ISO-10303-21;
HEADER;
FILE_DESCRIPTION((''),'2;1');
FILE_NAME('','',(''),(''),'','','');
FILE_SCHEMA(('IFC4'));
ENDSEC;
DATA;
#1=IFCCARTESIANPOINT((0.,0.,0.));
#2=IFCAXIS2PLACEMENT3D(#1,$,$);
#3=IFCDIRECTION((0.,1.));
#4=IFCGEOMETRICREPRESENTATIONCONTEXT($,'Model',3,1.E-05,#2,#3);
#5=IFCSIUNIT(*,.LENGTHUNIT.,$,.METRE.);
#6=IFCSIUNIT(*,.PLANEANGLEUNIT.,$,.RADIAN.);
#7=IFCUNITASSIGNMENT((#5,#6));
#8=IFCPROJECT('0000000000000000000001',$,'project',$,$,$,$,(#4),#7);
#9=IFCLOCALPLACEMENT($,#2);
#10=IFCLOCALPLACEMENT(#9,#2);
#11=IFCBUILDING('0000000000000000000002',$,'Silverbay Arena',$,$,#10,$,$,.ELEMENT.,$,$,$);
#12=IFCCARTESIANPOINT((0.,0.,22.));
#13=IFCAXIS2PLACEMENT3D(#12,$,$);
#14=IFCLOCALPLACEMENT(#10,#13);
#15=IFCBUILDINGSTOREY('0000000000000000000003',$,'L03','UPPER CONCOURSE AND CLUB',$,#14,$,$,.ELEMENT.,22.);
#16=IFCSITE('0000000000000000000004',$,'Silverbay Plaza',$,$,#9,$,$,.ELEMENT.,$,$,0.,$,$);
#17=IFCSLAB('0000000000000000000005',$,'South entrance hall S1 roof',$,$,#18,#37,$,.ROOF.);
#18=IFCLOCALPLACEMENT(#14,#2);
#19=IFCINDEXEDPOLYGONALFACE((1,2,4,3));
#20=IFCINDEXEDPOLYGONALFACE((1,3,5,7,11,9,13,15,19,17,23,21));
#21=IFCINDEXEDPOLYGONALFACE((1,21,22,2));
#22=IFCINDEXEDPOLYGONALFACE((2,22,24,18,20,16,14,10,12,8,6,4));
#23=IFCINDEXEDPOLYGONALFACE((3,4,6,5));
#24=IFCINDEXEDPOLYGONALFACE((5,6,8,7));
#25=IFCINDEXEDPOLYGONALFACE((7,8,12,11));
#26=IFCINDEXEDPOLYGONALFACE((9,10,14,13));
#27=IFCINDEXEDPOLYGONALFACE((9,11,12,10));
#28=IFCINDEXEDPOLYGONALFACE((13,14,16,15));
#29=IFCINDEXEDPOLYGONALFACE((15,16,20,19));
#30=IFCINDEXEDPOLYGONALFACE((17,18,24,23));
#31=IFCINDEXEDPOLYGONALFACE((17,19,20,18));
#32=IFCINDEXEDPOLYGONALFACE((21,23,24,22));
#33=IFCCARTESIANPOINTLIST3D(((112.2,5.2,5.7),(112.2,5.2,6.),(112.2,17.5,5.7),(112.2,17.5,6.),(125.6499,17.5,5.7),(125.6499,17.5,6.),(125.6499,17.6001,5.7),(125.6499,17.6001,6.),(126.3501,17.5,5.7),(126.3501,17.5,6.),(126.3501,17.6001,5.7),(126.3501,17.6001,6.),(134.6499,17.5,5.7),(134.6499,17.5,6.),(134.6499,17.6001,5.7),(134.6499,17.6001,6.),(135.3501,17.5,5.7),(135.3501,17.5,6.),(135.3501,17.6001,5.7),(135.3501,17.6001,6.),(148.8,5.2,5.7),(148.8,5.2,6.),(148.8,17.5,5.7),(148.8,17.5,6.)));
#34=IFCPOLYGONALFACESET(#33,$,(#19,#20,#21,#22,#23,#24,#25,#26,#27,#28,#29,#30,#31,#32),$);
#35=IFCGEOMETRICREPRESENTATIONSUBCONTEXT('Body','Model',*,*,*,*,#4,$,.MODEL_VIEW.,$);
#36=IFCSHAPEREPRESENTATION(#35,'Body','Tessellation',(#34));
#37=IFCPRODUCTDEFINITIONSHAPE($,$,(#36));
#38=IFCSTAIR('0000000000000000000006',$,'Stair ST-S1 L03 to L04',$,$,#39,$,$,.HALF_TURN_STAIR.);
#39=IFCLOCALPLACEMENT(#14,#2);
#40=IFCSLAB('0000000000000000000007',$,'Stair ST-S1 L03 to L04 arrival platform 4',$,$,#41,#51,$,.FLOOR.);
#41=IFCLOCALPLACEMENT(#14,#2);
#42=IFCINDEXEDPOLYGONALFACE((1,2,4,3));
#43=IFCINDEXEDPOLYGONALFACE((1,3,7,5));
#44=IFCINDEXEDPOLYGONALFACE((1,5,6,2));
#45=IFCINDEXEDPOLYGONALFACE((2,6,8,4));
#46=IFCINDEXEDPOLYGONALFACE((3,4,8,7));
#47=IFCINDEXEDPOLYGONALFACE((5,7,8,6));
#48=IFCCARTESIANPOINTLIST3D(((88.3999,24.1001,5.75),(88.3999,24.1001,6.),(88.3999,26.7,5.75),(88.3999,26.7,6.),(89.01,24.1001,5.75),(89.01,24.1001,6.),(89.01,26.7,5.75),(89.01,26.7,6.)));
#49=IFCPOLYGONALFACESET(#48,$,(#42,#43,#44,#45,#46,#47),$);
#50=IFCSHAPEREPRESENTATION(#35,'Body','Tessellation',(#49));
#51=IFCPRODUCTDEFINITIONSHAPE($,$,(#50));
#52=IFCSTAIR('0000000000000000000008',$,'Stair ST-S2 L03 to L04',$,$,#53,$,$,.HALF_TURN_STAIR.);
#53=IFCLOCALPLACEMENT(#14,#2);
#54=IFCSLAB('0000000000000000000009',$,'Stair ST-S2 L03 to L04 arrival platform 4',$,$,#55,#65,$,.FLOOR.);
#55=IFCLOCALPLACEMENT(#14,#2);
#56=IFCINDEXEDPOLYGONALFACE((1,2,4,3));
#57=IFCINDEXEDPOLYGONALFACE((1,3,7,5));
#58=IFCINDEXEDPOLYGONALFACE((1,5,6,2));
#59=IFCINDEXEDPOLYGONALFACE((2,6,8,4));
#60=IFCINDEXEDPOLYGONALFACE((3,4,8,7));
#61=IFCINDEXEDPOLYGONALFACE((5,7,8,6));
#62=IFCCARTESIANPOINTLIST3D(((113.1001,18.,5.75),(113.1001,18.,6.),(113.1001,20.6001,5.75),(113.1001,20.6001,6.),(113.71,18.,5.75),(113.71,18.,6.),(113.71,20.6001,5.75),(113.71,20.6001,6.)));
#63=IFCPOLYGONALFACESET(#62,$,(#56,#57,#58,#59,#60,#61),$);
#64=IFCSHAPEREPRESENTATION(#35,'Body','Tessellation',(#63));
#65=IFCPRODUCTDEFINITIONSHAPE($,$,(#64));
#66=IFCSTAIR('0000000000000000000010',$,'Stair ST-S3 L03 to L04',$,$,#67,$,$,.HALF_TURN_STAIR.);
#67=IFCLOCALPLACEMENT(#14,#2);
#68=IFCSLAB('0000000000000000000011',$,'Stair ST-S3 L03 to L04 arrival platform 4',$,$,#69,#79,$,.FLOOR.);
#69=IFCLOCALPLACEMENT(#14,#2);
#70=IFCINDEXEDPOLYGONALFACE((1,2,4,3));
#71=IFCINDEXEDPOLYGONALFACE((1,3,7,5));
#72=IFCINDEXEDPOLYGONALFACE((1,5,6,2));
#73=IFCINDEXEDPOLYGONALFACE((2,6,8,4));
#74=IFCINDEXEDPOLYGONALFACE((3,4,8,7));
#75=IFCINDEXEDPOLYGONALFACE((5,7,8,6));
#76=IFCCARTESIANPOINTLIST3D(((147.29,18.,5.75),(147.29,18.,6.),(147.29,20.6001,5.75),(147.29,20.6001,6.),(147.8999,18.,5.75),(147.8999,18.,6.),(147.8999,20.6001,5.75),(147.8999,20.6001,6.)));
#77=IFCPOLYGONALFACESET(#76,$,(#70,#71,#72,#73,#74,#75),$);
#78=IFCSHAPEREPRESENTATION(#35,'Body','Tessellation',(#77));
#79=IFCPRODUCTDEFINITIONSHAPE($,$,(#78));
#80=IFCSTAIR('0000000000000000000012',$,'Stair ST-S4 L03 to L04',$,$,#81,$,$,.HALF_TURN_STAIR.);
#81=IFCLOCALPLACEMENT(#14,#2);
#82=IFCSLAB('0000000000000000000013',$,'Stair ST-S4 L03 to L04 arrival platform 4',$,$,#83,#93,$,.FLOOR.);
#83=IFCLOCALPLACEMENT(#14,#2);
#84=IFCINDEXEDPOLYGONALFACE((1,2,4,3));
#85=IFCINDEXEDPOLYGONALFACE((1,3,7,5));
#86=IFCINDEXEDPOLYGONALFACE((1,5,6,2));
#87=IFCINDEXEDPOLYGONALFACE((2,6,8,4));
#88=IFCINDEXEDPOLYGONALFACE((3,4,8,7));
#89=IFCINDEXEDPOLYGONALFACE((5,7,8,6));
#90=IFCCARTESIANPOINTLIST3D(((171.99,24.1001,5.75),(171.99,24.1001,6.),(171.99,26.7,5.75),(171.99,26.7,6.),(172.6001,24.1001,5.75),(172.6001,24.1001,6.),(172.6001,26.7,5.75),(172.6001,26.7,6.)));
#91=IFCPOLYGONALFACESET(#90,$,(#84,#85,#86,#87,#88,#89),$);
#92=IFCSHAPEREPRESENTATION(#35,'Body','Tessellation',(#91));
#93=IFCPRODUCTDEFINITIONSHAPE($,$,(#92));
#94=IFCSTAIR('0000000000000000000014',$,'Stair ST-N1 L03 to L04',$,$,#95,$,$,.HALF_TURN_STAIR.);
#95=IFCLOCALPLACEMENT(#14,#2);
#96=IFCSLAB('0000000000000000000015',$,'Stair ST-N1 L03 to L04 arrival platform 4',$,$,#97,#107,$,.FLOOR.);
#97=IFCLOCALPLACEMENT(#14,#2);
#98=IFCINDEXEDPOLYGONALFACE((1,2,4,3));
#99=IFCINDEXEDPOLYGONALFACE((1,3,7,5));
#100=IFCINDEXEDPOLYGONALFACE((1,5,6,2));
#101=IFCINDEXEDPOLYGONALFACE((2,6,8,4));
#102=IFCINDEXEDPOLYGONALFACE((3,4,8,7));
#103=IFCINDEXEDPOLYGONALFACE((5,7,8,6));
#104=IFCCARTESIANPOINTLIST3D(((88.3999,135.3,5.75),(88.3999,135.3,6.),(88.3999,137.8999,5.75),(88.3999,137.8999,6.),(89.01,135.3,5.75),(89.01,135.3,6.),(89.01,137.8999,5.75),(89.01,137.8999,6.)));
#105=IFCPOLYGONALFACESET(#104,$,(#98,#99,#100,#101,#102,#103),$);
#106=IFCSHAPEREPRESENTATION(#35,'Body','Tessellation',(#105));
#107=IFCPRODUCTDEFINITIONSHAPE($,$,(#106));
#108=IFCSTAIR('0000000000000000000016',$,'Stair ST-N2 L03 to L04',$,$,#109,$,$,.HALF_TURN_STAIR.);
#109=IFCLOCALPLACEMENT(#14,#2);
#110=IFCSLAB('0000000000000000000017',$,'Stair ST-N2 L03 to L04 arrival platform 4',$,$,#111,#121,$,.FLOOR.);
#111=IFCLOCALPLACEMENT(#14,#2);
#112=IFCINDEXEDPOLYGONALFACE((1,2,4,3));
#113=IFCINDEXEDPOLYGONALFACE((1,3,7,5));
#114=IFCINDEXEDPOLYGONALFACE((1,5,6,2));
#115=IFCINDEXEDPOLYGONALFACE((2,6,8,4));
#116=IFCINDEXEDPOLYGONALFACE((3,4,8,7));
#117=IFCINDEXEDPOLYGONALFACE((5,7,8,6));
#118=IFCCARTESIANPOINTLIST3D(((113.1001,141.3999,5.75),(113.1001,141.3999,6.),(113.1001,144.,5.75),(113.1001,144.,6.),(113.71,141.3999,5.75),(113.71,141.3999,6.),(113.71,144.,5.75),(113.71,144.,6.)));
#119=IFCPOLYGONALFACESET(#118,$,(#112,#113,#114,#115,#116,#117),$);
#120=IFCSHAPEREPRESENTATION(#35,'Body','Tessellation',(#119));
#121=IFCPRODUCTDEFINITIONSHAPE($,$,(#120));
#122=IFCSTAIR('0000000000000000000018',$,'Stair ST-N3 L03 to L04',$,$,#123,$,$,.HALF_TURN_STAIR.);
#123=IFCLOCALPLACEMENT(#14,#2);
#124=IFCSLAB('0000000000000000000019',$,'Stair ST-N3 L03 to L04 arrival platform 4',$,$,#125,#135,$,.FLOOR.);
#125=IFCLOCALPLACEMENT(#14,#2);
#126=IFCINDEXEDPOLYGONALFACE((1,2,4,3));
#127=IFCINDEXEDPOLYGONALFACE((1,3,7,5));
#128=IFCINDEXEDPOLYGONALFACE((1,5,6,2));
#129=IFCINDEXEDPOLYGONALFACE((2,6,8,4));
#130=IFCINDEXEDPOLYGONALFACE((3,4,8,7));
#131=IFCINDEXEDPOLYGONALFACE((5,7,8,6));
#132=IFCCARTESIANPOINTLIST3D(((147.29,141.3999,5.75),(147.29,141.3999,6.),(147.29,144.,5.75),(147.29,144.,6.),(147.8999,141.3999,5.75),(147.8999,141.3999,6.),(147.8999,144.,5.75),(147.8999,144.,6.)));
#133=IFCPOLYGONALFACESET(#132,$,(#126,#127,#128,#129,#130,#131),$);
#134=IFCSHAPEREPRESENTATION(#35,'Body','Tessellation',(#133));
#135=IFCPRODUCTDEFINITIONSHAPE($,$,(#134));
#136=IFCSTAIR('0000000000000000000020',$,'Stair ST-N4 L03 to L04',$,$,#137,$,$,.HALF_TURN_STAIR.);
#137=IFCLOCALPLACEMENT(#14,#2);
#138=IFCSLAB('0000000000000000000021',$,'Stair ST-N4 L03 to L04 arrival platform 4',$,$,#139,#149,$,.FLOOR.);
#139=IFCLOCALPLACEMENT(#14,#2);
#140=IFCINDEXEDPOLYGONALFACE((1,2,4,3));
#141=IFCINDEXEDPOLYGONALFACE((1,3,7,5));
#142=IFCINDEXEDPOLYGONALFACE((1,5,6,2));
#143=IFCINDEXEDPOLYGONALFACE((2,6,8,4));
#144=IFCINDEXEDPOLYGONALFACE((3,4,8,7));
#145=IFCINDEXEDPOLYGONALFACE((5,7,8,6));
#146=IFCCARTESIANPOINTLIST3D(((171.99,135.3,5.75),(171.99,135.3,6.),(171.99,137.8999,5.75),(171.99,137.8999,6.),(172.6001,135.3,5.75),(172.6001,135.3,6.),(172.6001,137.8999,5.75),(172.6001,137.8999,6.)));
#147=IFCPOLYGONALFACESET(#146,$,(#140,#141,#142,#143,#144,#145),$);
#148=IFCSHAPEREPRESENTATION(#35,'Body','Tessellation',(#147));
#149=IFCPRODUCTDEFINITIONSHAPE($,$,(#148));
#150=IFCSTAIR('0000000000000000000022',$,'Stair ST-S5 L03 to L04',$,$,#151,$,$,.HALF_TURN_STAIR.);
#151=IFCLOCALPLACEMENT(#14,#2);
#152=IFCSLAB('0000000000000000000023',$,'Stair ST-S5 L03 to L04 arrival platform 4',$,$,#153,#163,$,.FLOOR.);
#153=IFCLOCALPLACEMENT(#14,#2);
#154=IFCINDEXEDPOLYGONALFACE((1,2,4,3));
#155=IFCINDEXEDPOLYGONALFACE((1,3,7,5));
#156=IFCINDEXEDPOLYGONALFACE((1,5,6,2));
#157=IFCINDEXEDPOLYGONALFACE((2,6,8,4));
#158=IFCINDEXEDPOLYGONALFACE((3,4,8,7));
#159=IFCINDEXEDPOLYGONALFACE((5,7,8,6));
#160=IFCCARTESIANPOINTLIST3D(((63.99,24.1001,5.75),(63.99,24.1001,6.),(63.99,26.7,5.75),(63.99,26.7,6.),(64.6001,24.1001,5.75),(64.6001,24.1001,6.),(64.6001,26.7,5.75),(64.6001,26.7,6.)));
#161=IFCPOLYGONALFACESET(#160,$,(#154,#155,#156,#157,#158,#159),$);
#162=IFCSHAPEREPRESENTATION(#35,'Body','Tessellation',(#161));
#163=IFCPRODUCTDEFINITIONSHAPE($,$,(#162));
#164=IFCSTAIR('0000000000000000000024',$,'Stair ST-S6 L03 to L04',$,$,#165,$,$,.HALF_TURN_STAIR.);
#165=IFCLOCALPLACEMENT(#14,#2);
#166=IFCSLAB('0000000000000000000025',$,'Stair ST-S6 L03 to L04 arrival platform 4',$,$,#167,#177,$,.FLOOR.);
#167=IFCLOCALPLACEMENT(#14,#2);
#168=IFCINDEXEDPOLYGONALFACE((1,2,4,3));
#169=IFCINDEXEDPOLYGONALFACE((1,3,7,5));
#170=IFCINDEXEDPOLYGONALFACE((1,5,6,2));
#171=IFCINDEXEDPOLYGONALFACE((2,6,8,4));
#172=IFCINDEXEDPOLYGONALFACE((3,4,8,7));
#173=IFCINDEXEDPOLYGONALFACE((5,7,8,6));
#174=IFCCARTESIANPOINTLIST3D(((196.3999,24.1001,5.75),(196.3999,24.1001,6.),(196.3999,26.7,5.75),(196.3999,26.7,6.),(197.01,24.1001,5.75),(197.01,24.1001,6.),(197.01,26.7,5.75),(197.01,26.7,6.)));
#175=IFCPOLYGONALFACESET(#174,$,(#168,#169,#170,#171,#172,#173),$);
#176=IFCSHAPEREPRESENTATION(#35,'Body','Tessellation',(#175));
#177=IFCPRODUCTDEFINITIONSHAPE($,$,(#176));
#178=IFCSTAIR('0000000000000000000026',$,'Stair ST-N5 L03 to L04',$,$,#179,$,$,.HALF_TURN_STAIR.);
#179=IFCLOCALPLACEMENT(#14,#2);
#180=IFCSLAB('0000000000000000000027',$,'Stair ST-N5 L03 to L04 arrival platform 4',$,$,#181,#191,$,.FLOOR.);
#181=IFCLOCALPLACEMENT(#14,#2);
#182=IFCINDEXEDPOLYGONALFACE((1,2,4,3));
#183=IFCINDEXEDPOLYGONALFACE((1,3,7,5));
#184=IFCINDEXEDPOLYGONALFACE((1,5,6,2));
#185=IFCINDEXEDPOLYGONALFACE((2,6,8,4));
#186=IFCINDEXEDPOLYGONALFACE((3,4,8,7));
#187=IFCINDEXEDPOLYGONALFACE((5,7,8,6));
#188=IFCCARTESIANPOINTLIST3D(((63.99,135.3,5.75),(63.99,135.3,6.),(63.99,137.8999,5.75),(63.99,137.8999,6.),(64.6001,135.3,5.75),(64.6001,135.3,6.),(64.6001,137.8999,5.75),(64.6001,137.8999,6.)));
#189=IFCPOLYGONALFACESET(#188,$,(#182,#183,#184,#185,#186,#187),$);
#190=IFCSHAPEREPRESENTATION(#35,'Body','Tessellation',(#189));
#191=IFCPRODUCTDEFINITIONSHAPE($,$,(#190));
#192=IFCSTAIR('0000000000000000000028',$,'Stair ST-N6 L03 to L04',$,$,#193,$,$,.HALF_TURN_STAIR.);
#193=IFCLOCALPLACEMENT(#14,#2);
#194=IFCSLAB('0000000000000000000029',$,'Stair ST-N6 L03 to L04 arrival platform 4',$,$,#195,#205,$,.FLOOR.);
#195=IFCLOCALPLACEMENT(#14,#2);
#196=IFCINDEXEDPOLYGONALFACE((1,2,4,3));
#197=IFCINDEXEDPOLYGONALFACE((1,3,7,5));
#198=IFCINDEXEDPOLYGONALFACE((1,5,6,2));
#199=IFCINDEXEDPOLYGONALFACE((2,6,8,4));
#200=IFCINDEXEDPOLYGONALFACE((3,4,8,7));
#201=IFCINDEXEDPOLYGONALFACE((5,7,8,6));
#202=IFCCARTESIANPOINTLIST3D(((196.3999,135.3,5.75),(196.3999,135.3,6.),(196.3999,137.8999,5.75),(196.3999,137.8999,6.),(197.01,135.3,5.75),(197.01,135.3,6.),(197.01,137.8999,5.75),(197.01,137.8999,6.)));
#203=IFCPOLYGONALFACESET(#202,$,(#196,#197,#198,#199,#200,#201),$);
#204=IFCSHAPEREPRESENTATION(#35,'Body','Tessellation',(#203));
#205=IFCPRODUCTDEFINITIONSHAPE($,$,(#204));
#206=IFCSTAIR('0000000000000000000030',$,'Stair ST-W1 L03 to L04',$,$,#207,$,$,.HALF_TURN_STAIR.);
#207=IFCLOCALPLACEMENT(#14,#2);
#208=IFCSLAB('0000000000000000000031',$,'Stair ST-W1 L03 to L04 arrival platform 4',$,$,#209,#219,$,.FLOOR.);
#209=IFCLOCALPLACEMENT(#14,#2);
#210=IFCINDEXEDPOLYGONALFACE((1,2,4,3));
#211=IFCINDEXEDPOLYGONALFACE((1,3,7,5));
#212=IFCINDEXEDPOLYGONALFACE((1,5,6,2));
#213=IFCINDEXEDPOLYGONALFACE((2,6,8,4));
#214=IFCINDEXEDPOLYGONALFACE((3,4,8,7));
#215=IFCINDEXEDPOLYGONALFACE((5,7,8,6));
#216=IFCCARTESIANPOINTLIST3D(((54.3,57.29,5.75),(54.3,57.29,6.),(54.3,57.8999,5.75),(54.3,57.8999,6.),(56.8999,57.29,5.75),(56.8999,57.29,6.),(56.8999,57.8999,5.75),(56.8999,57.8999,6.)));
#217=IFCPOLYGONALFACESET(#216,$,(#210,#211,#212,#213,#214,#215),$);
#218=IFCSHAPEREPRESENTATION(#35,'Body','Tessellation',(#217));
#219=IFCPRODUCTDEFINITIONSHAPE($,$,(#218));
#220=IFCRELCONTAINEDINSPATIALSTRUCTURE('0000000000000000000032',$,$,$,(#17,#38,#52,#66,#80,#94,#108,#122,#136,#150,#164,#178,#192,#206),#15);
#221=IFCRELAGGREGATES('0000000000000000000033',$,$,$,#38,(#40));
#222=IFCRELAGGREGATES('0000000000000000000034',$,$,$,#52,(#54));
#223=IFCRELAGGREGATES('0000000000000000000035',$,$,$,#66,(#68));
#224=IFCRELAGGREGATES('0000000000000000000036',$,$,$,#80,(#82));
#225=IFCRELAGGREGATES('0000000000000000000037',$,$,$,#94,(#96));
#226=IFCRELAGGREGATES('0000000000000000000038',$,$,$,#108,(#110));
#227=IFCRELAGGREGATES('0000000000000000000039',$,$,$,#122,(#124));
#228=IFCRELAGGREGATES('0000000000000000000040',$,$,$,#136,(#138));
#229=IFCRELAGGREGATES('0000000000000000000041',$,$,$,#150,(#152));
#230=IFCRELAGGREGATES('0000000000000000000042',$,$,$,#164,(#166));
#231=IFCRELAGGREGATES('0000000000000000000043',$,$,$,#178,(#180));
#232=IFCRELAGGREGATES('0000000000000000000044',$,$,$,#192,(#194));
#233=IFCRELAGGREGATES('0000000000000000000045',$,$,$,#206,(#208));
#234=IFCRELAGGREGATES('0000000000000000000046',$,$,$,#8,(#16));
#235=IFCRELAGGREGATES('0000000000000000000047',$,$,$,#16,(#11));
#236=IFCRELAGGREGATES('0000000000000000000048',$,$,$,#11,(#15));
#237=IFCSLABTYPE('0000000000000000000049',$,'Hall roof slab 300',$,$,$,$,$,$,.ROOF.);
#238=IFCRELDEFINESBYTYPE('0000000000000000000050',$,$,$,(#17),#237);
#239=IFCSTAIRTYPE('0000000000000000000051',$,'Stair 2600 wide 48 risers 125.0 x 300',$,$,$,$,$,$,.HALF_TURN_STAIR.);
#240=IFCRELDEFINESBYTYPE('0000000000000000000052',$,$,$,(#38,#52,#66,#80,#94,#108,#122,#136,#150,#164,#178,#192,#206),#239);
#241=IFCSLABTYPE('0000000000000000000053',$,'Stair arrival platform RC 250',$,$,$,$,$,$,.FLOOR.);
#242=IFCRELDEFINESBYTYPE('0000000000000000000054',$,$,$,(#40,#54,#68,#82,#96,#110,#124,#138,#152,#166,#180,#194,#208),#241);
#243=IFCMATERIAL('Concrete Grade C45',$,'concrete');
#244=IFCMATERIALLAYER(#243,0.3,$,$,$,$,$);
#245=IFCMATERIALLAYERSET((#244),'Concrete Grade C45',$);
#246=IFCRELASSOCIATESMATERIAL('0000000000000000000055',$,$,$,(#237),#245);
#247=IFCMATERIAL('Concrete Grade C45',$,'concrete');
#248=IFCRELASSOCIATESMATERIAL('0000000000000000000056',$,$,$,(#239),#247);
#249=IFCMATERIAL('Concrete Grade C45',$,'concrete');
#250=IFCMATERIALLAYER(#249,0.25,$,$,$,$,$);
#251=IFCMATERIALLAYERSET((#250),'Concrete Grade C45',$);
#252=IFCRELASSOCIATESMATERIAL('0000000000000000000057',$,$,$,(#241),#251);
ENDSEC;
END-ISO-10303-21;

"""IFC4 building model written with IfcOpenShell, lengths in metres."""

from ifc_helpers import new_model, si_unit, direction, frame, origin, place, context, subcontext, project, spatial, polyline, outline, extrude, material, layer, layer_set, type_object, element, aggregate, save


model = new_model("IFC4")

# Units and contexts
model_context = context("Model", 3, precision=1e-05, world=origin(), true_north=direction((0.0, 1.0)))
body_context = subcontext(model_context, "Body", "Model", "MODEL_VIEW")
ifc_project = project(units=[si_unit("LENGTHUNIT", "METRE"), si_unit("PLANEANGLEUNIT", "RADIAN")], contexts=[model_context])

# Site, building, storey
site_placement = place(None, origin())
site = spatial("IfcSite", under=ifc_project, at=site_placement, Name="Silverbay Plaza", CompositionType="ELEMENT", RefElevation=0.0)
building_placement = place(site_placement, origin())
building = spatial("IfcBuilding", under=site, at=building_placement, Name="Silverbay Arena", CompositionType="ELEMENT")
storey_placement = place(building_placement, frame((0.0, 0.0, 22.0)))
storey = spatial("IfcBuildingStorey", under=building, at=storey_placement, Name="L03", Description="UPPER CONCOURSE AND CLUB", CompositionType="ELEMENT", Elevation=22.0)

# Slab
ifc_material_1 = material(Name="Concrete Grade C45", Category="concrete")
ifc_layer_1 = layer(ifc_material_1, 0.3)
ifc_layer_set_1 = layer_set([ifc_layer_1], Name="Concrete Grade C45")
slab_type_1 = type_object("IfcSlabType", Name="Hall roof slab 300", PredefinedType="ROOF", material=ifc_layer_set_1)
slab_1_placement = place(storey_placement, frame((0.0, 0.0, 5.7)))
element("IfcSlab", 1, at=slab_1_placement, inside=storey, type_object=slab_type_1, Name="South entrance hall S1 roof", PredefinedType="ROOF", context=body_context, shape_type="SweptSolid", body=[
    extrude(outline(polyline([(148.8, 17.5), (148.8, 5.2), (112.2, 5.2), (112.2, 17.5), (125.6499, 17.5), (125.6499, 17.6001), (126.3501, 17.6001), (126.3501, 17.5), (134.6499, 17.5), (134.6499, 17.6001), (135.3501, 17.6001), (135.3501, 17.5), (148.8, 17.5)])), origin(), (0.0, 0.0, 1.0), 0.3),
])

# Stairs, slabs
ifc_material_2 = material(Name="Concrete Grade C45", Category="concrete")
stair_type = type_object("IfcStairType", Name="Stair 2600 wide 48 risers 125.0 x 300", PredefinedType="HALF_TURN_STAIR", material=ifc_material_2)
stair_1_placement = place(storey_placement, origin())
stair_1 = element("IfcStair", 2, at=stair_1_placement, inside=storey, type_object=stair_type, Name="Stair ST-S1 L03 to L04", PredefinedType="HALF_TURN_STAIR")
ifc_material_3 = material(Name="Concrete Grade C45", Category="concrete")
ifc_layer_2 = layer(ifc_material_3, 0.25)
ifc_layer_set_2 = layer_set([ifc_layer_2], Name="Concrete Grade C45")
slab_type_2 = type_object("IfcSlabType", Name="Stair arrival platform RC 250", PredefinedType="FLOOR", material=ifc_layer_set_2)
slab_2_placement = place(storey_placement, frame((0.0, 0.0, 5.75)))
slab_2 = element("IfcSlab", 3, at=slab_2_placement, type_object=slab_type_2, Name="Stair ST-S1 L03 to L04 arrival platform 4", PredefinedType="FLOOR", context=body_context, shape_type="SweptSolid", body=[
    extrude(outline(polyline([(88.3999, 26.7), (89.01, 26.7), (89.01, 24.1001), (88.3999, 24.1001), (88.3999, 26.7)])), origin(), (0.0, 0.0, 1.0), 0.25),
])
stair_2_placement = place(storey_placement, origin())
stair_2 = element("IfcStair", 4, at=stair_2_placement, inside=storey, type_object=stair_type, Name="Stair ST-S2 L03 to L04", PredefinedType="HALF_TURN_STAIR")
slab_3_placement = place(storey_placement, frame((0.0, 0.0, 5.75)))
slab_3 = element("IfcSlab", 5, at=slab_3_placement, type_object=slab_type_2, Name="Stair ST-S2 L03 to L04 arrival platform 4", PredefinedType="FLOOR", context=body_context, shape_type="SweptSolid", body=[
    extrude(outline(polyline([(113.1001, 20.6001), (113.71, 20.6001), (113.71, 18.0), (113.1001, 18.0), (113.1001, 20.6001)])), origin(), (0.0, 0.0, 1.0), 0.25),
])
stair_3_placement = place(storey_placement, origin())
stair_3 = element("IfcStair", 6, at=stair_3_placement, inside=storey, type_object=stair_type, Name="Stair ST-S3 L03 to L04", PredefinedType="HALF_TURN_STAIR")
slab_4_placement = place(storey_placement, frame((0.0, 0.0, 5.75)))
slab_4 = element("IfcSlab", 7, at=slab_4_placement, type_object=slab_type_2, Name="Stair ST-S3 L03 to L04 arrival platform 4", PredefinedType="FLOOR", context=body_context, shape_type="SweptSolid", body=[
    extrude(outline(polyline([(147.8999, 20.6001), (147.29, 20.6001), (147.29, 18.0), (147.8999, 18.0), (147.8999, 20.6001)])), origin(), (0.0, 0.0, 1.0), 0.25),
])
stair_4_placement = place(storey_placement, origin())
stair_4 = element("IfcStair", 8, at=stair_4_placement, inside=storey, type_object=stair_type, Name="Stair ST-S4 L03 to L04", PredefinedType="HALF_TURN_STAIR")
slab_5_placement = place(storey_placement, frame((0.0, 0.0, 5.75)))
slab_5 = element("IfcSlab", 9, at=slab_5_placement, type_object=slab_type_2, Name="Stair ST-S4 L03 to L04 arrival platform 4", PredefinedType="FLOOR", context=body_context, shape_type="SweptSolid", body=[
    extrude(outline(polyline([(172.6001, 26.7), (171.99, 26.7), (171.99, 24.1001), (172.6001, 24.1001), (172.6001, 26.7)])), origin(), (0.0, 0.0, 1.0), 0.25),
])
stair_5_placement = place(storey_placement, origin())
stair_5 = element("IfcStair", 10, at=stair_5_placement, inside=storey, type_object=stair_type, Name="Stair ST-N1 L03 to L04", PredefinedType="HALF_TURN_STAIR")
slab_6_placement = place(storey_placement, frame((0.0, 0.0, 5.75)))
slab_6 = element("IfcSlab", 11, at=slab_6_placement, type_object=slab_type_2, Name="Stair ST-N1 L03 to L04 arrival platform 4", PredefinedType="FLOOR", context=body_context, shape_type="SweptSolid", body=[
    extrude(outline(polyline([(88.3999, 135.3), (89.01, 135.3), (89.01, 137.8999), (88.3999, 137.8999), (88.3999, 135.3)])), origin(), (0.0, 0.0, 1.0), 0.25),
])
stair_6_placement = place(storey_placement, origin())
stair_6 = element("IfcStair", 12, at=stair_6_placement, inside=storey, type_object=stair_type, Name="Stair ST-N2 L03 to L04", PredefinedType="HALF_TURN_STAIR")
slab_7_placement = place(storey_placement, frame((0.0, 0.0, 5.75)))
slab_7 = element("IfcSlab", 13, at=slab_7_placement, type_object=slab_type_2, Name="Stair ST-N2 L03 to L04 arrival platform 4", PredefinedType="FLOOR", context=body_context, shape_type="SweptSolid", body=[
    extrude(outline(polyline([(113.1001, 141.3999), (113.71, 141.3999), (113.71, 144.0), (113.1001, 144.0), (113.1001, 141.3999)])), origin(), (0.0, 0.0, 1.0), 0.25),
])
stair_7_placement = place(storey_placement, origin())
stair_7 = element("IfcStair", 14, at=stair_7_placement, inside=storey, type_object=stair_type, Name="Stair ST-N3 L03 to L04", PredefinedType="HALF_TURN_STAIR")
slab_8_placement = place(storey_placement, frame((0.0, 0.0, 5.75)))
slab_8 = element("IfcSlab", 15, at=slab_8_placement, type_object=slab_type_2, Name="Stair ST-N3 L03 to L04 arrival platform 4", PredefinedType="FLOOR", context=body_context, shape_type="SweptSolid", body=[
    extrude(outline(polyline([(147.8999, 141.3999), (147.29, 141.3999), (147.29, 144.0), (147.8999, 144.0), (147.8999, 141.3999)])), origin(), (0.0, 0.0, 1.0), 0.25),
])
stair_8_placement = place(storey_placement, origin())
stair_8 = element("IfcStair", 16, at=stair_8_placement, inside=storey, type_object=stair_type, Name="Stair ST-N4 L03 to L04", PredefinedType="HALF_TURN_STAIR")
slab_9_placement = place(storey_placement, frame((0.0, 0.0, 5.75)))
slab_9 = element("IfcSlab", 17, at=slab_9_placement, type_object=slab_type_2, Name="Stair ST-N4 L03 to L04 arrival platform 4", PredefinedType="FLOOR", context=body_context, shape_type="SweptSolid", body=[
    extrude(outline(polyline([(172.6001, 135.3), (171.99, 135.3), (171.99, 137.8999), (172.6001, 137.8999), (172.6001, 135.3)])), origin(), (0.0, 0.0, 1.0), 0.25),
])
stair_9_placement = place(storey_placement, origin())
stair_9 = element("IfcStair", 18, at=stair_9_placement, inside=storey, type_object=stair_type, Name="Stair ST-S5 L03 to L04", PredefinedType="HALF_TURN_STAIR")
slab_10_placement = place(storey_placement, frame((0.0, 0.0, 5.75)))
slab_10 = element("IfcSlab", 19, at=slab_10_placement, type_object=slab_type_2, Name="Stair ST-S5 L03 to L04 arrival platform 4", PredefinedType="FLOOR", context=body_context, shape_type="SweptSolid", body=[
    extrude(outline(polyline([(64.6001, 26.7), (63.99, 26.7), (63.99, 24.1001), (64.6001, 24.1001), (64.6001, 26.7)])), origin(), (0.0, 0.0, 1.0), 0.25),
])
stair_10_placement = place(storey_placement, origin())
stair_10 = element("IfcStair", 20, at=stair_10_placement, inside=storey, type_object=stair_type, Name="Stair ST-S6 L03 to L04", PredefinedType="HALF_TURN_STAIR")
slab_11_placement = place(storey_placement, frame((0.0, 0.0, 5.75)))
slab_11 = element("IfcSlab", 21, at=slab_11_placement, type_object=slab_type_2, Name="Stair ST-S6 L03 to L04 arrival platform 4", PredefinedType="FLOOR", context=body_context, shape_type="SweptSolid", body=[
    extrude(outline(polyline([(196.3999, 26.7), (197.01, 26.7), (197.01, 24.1001), (196.3999, 24.1001), (196.3999, 26.7)])), origin(), (0.0, 0.0, 1.0), 0.25),
])
stair_11_placement = place(storey_placement, origin())
stair_11 = element("IfcStair", 22, at=stair_11_placement, inside=storey, type_object=stair_type, Name="Stair ST-N5 L03 to L04", PredefinedType="HALF_TURN_STAIR")
slab_12_placement = place(storey_placement, frame((0.0, 0.0, 5.75)))
slab_12 = element("IfcSlab", 23, at=slab_12_placement, type_object=slab_type_2, Name="Stair ST-N5 L03 to L04 arrival platform 4", PredefinedType="FLOOR", context=body_context, shape_type="SweptSolid", body=[
    extrude(outline(polyline([(64.6001, 135.3), (63.99, 135.3), (63.99, 137.8999), (64.6001, 137.8999), (64.6001, 135.3)])), origin(), (0.0, 0.0, 1.0), 0.25),
])
stair_12_placement = place(storey_placement, origin())
stair_12 = element("IfcStair", 24, at=stair_12_placement, inside=storey, type_object=stair_type, Name="Stair ST-N6 L03 to L04", PredefinedType="HALF_TURN_STAIR")
slab_13_placement = place(storey_placement, frame((0.0, 0.0, 5.75)))
slab_13 = element("IfcSlab", 25, at=slab_13_placement, type_object=slab_type_2, Name="Stair ST-N6 L03 to L04 arrival platform 4", PredefinedType="FLOOR", context=body_context, shape_type="SweptSolid", body=[
    extrude(outline(polyline([(196.3999, 135.3), (197.01, 135.3), (197.01, 137.8999), (196.3999, 137.8999), (196.3999, 135.3)])), origin(), (0.0, 0.0, 1.0), 0.25),
])
stair_13_placement = place(storey_placement, origin())
stair_13 = element("IfcStair", 26, at=stair_13_placement, inside=storey, type_object=stair_type, Name="Stair ST-W1 L03 to L04", PredefinedType="HALF_TURN_STAIR")
slab_14_placement = place(storey_placement, frame((0.0, 0.0, 5.75)))
slab_14 = element("IfcSlab", 27, at=slab_14_placement, type_object=slab_type_2, Name="Stair ST-W1 L03 to L04 arrival platform 4", PredefinedType="FLOOR", context=body_context, shape_type="SweptSolid", body=[
    extrude(outline(polyline([(56.8999, 57.8999), (56.8999, 57.29), (54.3, 57.29), (54.3, 57.8999), (56.8999, 57.8999)])), origin(), (0.0, 0.0, 1.0), 0.25),
])

aggregate(stair_1, [slab_2])
aggregate(stair_2, [slab_3])
aggregate(stair_3, [slab_4])
aggregate(stair_4, [slab_5])
aggregate(stair_5, [slab_6])
aggregate(stair_6, [slab_7])
aggregate(stair_7, [slab_8])
aggregate(stair_8, [slab_9])
aggregate(stair_9, [slab_10])
aggregate(stair_10, [slab_11])
aggregate(stair_11, [slab_12])
aggregate(stair_12, [slab_13])
aggregate(stair_13, [slab_14])

save(model, "model.ifc")
